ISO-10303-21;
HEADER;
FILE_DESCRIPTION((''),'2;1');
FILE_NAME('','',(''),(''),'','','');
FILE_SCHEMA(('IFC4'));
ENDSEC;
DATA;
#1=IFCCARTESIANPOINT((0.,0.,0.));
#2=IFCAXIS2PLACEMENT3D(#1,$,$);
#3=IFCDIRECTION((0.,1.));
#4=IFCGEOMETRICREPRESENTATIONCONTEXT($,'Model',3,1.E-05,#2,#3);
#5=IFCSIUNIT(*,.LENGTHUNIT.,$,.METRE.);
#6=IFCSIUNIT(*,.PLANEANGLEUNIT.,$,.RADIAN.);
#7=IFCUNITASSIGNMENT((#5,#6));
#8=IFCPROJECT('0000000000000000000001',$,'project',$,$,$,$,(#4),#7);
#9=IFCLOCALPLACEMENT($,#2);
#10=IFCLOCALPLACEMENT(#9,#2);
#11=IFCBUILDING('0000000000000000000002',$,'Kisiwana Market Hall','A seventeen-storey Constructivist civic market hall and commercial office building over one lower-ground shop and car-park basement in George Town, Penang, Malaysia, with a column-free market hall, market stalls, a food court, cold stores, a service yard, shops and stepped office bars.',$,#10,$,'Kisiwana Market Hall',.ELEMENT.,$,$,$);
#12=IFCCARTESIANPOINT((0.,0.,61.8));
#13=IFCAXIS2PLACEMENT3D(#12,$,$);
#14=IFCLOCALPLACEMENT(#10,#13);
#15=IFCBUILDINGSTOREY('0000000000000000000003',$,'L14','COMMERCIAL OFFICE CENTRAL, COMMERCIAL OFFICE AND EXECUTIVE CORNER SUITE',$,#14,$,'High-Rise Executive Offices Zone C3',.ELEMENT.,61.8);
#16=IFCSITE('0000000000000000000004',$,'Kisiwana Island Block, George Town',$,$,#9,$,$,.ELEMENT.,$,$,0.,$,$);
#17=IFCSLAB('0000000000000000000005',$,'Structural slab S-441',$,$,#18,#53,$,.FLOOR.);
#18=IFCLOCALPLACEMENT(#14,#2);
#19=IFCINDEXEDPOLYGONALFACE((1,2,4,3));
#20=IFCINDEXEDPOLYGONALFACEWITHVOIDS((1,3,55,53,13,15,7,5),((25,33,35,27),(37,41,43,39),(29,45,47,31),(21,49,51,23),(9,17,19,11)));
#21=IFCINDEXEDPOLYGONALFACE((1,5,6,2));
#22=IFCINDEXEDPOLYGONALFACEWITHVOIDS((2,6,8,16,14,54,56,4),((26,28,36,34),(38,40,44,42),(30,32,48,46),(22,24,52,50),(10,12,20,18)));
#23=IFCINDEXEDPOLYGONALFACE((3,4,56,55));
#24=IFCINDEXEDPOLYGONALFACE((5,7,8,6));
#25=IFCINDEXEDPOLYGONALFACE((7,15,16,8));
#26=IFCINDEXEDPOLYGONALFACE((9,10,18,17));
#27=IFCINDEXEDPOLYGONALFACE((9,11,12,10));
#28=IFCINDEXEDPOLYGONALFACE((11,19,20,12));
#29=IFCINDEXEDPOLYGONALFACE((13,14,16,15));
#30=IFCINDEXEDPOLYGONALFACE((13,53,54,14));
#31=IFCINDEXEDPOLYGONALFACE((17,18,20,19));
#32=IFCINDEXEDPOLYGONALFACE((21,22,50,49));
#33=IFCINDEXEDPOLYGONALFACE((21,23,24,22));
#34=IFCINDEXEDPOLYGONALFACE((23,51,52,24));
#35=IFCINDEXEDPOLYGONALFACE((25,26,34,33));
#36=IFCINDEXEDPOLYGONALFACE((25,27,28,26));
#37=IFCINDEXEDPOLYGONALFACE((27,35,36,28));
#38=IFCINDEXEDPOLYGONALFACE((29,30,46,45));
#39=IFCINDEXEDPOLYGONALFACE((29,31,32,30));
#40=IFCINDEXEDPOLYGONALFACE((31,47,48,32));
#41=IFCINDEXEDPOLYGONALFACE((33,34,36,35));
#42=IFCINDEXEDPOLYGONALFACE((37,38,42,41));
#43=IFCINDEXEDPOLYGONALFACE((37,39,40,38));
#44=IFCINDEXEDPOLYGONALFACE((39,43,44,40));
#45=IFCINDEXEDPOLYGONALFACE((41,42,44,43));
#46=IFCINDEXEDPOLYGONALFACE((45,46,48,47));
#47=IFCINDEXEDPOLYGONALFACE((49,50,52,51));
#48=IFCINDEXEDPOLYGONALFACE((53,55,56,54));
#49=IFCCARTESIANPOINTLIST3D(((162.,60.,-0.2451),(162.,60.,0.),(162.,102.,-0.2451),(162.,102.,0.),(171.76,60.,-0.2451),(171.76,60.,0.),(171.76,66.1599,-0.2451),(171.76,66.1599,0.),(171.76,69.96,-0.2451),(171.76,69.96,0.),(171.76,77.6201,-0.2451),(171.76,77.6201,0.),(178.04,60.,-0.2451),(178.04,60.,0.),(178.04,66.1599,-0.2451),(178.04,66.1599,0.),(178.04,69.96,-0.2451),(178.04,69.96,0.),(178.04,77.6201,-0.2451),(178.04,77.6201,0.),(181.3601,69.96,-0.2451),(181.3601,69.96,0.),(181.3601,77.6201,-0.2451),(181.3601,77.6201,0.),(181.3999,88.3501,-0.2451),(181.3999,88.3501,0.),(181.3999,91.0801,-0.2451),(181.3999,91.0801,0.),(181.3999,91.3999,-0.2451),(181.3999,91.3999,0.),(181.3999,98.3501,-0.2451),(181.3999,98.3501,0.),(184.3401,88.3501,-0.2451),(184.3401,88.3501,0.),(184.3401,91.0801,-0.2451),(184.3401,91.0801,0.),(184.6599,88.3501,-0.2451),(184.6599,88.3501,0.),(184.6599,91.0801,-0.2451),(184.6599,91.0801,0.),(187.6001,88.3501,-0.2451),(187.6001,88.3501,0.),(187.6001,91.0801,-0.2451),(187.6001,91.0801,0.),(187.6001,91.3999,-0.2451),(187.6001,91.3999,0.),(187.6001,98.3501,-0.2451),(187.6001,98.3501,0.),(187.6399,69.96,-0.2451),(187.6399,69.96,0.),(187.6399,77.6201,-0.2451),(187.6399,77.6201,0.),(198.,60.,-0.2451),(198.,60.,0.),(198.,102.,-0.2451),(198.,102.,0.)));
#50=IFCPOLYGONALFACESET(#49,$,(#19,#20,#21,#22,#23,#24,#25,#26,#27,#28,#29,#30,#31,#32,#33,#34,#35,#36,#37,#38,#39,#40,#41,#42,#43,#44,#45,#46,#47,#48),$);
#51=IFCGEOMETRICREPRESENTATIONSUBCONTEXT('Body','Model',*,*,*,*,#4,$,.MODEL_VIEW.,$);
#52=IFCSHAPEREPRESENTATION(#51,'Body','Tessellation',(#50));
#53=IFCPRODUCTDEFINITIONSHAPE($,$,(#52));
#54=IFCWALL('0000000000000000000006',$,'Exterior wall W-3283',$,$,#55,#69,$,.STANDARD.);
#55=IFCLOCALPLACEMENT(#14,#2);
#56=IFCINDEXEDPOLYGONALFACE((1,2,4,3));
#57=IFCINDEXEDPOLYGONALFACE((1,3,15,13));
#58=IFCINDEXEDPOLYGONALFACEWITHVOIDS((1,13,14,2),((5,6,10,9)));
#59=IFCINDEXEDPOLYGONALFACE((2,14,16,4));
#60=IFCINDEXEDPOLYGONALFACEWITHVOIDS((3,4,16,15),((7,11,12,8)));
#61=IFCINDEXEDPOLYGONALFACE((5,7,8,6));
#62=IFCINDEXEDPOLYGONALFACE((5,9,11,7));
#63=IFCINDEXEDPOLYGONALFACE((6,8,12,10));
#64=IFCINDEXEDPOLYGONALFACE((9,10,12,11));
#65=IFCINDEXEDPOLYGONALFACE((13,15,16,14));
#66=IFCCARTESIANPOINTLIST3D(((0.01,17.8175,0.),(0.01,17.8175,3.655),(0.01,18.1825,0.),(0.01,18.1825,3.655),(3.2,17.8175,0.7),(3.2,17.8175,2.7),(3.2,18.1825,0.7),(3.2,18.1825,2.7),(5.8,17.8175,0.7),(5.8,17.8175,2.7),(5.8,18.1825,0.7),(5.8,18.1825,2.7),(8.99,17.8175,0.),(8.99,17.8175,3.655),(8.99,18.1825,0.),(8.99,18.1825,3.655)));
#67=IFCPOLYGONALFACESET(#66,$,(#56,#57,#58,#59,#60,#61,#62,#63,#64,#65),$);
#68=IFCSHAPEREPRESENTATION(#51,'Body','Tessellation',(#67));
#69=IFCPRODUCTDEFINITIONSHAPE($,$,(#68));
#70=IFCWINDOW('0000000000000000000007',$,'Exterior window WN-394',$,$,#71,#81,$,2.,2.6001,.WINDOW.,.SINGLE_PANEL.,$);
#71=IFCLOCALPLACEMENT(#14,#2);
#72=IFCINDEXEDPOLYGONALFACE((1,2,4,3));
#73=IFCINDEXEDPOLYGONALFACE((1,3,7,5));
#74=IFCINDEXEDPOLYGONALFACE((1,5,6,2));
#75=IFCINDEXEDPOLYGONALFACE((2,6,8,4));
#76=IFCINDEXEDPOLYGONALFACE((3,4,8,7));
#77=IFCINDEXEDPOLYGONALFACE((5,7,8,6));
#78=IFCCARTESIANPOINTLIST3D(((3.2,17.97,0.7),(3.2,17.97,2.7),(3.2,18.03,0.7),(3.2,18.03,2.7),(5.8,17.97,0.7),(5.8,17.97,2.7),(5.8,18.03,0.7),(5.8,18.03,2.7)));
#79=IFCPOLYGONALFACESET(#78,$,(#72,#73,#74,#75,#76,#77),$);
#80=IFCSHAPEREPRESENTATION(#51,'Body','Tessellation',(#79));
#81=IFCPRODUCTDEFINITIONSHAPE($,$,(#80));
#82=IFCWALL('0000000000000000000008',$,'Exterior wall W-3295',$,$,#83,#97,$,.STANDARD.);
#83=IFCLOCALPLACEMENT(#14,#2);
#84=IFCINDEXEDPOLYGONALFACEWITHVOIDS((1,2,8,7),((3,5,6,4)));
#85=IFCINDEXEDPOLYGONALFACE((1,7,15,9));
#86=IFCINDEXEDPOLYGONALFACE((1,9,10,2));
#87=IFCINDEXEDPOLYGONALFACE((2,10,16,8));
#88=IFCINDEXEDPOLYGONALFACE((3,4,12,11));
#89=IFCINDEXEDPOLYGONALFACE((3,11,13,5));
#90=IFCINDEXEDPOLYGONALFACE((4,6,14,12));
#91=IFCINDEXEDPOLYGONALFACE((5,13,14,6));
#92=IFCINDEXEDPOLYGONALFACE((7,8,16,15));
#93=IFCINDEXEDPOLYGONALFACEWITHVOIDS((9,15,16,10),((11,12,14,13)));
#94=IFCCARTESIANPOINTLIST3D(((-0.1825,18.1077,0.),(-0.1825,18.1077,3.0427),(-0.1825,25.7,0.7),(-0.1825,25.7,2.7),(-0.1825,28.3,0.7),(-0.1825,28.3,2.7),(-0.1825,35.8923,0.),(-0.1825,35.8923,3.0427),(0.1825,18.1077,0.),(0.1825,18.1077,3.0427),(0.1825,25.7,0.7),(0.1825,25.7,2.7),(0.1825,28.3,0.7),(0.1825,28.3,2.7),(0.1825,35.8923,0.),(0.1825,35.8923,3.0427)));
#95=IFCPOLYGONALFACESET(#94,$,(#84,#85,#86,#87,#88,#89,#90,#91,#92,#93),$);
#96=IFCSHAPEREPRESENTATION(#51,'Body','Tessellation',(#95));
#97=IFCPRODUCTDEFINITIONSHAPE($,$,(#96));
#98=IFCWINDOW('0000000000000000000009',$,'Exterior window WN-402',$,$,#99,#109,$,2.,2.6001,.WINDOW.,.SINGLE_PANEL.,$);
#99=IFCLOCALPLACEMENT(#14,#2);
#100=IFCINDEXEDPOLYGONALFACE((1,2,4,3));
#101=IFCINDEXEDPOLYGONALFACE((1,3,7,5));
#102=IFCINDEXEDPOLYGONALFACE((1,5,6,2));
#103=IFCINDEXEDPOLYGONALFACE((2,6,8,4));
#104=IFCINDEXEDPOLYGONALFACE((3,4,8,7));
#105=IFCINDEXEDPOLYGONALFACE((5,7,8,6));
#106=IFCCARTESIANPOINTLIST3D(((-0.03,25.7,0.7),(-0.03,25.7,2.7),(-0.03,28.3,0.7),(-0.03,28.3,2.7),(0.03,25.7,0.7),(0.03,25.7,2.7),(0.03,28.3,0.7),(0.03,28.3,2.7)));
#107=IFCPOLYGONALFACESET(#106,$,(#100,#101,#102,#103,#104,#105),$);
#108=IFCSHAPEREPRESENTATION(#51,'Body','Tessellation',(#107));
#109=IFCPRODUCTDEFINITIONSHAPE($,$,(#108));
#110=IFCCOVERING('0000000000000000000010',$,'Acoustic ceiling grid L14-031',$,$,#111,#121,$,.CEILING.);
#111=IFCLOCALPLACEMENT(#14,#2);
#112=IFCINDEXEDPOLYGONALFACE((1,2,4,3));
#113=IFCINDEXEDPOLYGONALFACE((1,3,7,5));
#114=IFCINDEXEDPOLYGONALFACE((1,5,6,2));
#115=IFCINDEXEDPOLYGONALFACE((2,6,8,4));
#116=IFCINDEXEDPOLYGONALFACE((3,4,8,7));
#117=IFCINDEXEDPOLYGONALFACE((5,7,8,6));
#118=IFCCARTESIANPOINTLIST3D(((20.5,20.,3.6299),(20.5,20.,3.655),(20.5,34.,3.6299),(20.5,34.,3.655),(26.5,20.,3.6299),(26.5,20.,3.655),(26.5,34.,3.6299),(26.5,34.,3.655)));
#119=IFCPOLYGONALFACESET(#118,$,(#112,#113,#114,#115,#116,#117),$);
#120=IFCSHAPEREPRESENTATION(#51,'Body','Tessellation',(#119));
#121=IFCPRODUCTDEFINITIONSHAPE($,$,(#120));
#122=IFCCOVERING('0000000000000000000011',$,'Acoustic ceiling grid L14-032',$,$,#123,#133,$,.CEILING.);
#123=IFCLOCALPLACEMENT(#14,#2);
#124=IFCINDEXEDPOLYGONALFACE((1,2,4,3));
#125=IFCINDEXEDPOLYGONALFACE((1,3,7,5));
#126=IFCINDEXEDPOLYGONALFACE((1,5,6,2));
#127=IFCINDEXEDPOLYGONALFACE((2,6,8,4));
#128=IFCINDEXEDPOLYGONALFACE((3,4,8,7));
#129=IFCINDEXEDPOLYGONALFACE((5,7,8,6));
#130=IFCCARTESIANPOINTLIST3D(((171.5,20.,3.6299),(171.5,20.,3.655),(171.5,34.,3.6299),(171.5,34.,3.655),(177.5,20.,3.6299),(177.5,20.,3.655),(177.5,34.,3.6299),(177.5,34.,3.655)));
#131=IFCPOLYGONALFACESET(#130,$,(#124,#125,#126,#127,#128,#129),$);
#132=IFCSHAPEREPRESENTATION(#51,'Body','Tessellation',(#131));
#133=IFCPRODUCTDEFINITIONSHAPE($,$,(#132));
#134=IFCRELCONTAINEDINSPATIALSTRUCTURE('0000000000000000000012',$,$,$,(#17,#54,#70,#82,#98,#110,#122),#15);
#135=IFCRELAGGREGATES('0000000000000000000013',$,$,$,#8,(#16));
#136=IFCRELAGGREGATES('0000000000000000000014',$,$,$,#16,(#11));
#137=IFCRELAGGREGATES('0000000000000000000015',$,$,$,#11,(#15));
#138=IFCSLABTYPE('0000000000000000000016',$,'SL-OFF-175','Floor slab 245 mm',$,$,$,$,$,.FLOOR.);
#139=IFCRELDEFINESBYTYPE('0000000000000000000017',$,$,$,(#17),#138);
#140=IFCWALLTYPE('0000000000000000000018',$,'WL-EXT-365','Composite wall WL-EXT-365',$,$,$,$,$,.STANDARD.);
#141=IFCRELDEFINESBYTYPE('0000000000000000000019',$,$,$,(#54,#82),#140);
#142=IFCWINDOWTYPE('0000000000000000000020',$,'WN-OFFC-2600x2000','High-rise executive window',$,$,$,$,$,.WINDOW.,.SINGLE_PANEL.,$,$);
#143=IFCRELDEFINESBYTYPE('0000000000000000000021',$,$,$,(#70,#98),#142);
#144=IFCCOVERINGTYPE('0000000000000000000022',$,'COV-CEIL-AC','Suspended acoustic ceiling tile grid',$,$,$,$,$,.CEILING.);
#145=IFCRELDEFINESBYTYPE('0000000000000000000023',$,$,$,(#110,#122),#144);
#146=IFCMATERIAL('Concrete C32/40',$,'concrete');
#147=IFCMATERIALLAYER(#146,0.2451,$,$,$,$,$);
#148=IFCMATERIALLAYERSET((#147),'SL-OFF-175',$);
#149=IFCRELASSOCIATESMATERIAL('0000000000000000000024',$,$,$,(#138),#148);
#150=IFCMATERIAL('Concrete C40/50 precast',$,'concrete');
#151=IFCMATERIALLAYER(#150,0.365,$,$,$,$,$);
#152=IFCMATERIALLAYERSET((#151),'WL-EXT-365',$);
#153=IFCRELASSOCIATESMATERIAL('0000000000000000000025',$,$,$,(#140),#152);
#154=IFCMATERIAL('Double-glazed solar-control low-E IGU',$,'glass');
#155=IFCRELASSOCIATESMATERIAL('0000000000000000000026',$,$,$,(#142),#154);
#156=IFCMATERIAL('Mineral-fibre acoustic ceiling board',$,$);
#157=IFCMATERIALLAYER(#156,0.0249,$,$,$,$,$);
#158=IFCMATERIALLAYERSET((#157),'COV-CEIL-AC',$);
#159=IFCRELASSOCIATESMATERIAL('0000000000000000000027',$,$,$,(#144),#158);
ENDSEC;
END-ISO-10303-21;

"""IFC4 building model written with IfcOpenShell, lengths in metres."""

from ifc_helpers import new_model, si_unit, direction, frame, frame_2d, origin, place, context, subcontext, project, spatial, polyline, rectangle, outline, extrude, material, layer, layer_set, type_object, element, fill, save


model = new_model("IFC4")

# Units and contexts
model_context = context("Model", 3, precision=1e-05, world=origin(), true_north=direction((0.0, 1.0)))
body_context = subcontext(model_context, "Body", "Model", "MODEL_VIEW")
ifc_project = project(units=[si_unit("LENGTHUNIT", "METRE"), si_unit("PLANEANGLEUNIT", "RADIAN")], contexts=[model_context])

# Site, building, storey
site_placement = place(None, origin())
site = spatial("IfcSite", under=ifc_project, at=site_placement, Name="Kisiwana Island Block, George Town", CompositionType="ELEMENT", RefElevation=0.0)
building_placement = place(site_placement, origin())
building = spatial("IfcBuilding", under=site, at=building_placement, Name="Kisiwana Market Hall", Description="A seventeen-storey Constructivist civic market hall and commercial office building over one lower-ground shop and car-park basement in George Town, Penang, Malaysia, with a column-free market hall, market stalls, a food court, cold stores, a service yard, shops and stepped office bars.", LongName="Kisiwana Market Hall", CompositionType="ELEMENT")
storey_placement = place(building_placement, frame((0.0, 0.0, 61.8)))
storey = spatial("IfcBuildingStorey", under=building, at=storey_placement, Name="L14", Description="COMMERCIAL OFFICE CENTRAL, COMMERCIAL OFFICE AND EXECUTIVE CORNER SUITE", LongName="High-Rise Executive Offices Zone C3", CompositionType="ELEMENT", Elevation=61.8)

# Slab
ifc_material_1 = material(Name="Concrete C32/40", Category="concrete")
ifc_layer_1 = layer(ifc_material_1, 0.2451)
ifc_layer_set_1 = layer_set([ifc_layer_1], Name="SL-OFF-175")
slab_type_1 = type_object("IfcSlabType", Name="SL-OFF-175", Description="Floor slab 245 mm", PredefinedType="FLOOR", material=ifc_layer_set_1)
slab_1_placement = place(storey_placement, frame((0.0, 0.0, -0.2451)))
element("IfcSlab", 1, at=slab_1_placement, inside=storey, type_object=slab_type_1, Name="Structural slab S-441", PredefinedType="FLOOR", context=body_context, shape_type="SweptSolid", body=[
    extrude(outline(polyline([(162.0, 60.0), (171.76, 60.0), (171.76, 66.1599), (178.04, 66.1599), (178.04, 60.0), (198.0, 60.0), (198.0, 102.0), (162.0, 102.0), (162.0, 60.0)]), holes=[polyline([(181.3999, 91.3999), (187.6001, 91.3999), (187.6001, 98.3501), (181.3999, 98.3501), (181.3999, 91.3999)]), polyline([(181.3999, 88.3501), (184.3401, 88.3501), (184.3401, 91.0801), (181.3999, 91.0801), (181.3999, 88.3501)]), polyline([(184.6599, 88.3501), (187.6001, 88.3501), (187.6001, 91.0801), (184.6599, 91.0801), (184.6599, 88.3501)]), polyline([(181.3601, 69.96), (187.6399, 69.96), (187.6399, 77.6201), (181.3601, 77.6201), (181.3601, 69.96)]), polyline([(171.76, 69.96), (178.04, 69.96), (178.04, 77.6201), (171.76, 77.6201), (171.76, 69.96)])]), origin(), (0.0, 0.0, 1.0), 0.2451),
])

# Walls, openings, windows
ifc_material_2 = material(Name="Concrete C40/50 precast", Category="concrete")
ifc_layer_2 = layer(ifc_material_2, 0.365)
ifc_layer_set_2 = layer_set([ifc_layer_2], Name="WL-EXT-365")
wall_type = type_object("IfcWallType", Name="WL-EXT-365", Description="Composite wall WL-EXT-365", PredefinedType="STANDARD", material=ifc_layer_set_2)
wall_1_placement = place(storey_placement, frame((0.01, 18.0, 0.0), z_axis=(0.0, 0.0, 1.0), x_axis=(1.0, 0.0, 0.0)))
wall_1 = element("IfcWall", 2, at=wall_1_placement, inside=storey, type_object=wall_type, Name="Exterior wall W-3283", PredefinedType="STANDARD", context=body_context, shape_type="SweptSolid", body=[
    extrude(rectangle(XDim=8.98, YDim=0.365, at=frame_2d((4.49, 0.0))), origin(), (0.0, 0.0, 1.0), 3.655),
])
opening_1_placement = place(wall_1_placement, frame((3.1899, 0.0, 0.7)))
opening_1 = element("IfcOpeningElement", 3, at=opening_1_placement, cuts=wall_1, PredefinedType="OPENING", context=body_context, shape_type="SweptSolid", body=[
    extrude(rectangle(XDim=2.6001, YDim=2.0, at=frame_2d((1.3, 1.0))), frame((0.0, 0.1943, 0.0), z_axis=(0.0, -1.0, 0.0), x_axis=(1.0, 0.0, 0.0)), (0.0, 0.0, 1.0), 0.3889),
])
ifc_material_3 = material(Name="Double-glazed solar-control low-E IGU", Category="glass")
window_type = type_object("IfcWindowType", Name="WN-OFFC-2600x2000", Description="High-rise executive window", PartitioningType="SINGLE_PANEL", PredefinedType="WINDOW", material=ifc_material_3)
window_1_placement = place(opening_1_placement, origin())
window_1 = element("IfcWindow", 4, at=window_1_placement, inside=storey, type_object=window_type, Name="Exterior window WN-394", OverallHeight=2.0, OverallWidth=2.6001, PartitioningType="SINGLE_PANEL", PredefinedType="WINDOW", context=body_context, shape_type="SweptSolid", body=[
    extrude(rectangle(XDim=2.6001, YDim=2.0, at=frame_2d((1.3, 1.0))), frame((0.0, 0.03, 0.0), z_axis=(0.0, -1.0, 0.0), x_axis=(1.0, 0.0, 0.0)), (0.0, 0.0, 1.0), 0.0601),
])
fill(opening_1, window_1)
wall_2_placement = place(storey_placement, frame((0.0, 18.1077, 0.0), z_axis=(0.0, 0.0, 1.0), x_axis=(0.0, 1.0, 0.0)))
wall_2 = element("IfcWall", 5, at=wall_2_placement, inside=storey, type_object=wall_type, Name="Exterior wall W-3295", PredefinedType="STANDARD", context=body_context, shape_type="SweptSolid", body=[
    extrude(rectangle(XDim=17.7847, YDim=0.365, at=frame_2d((8.8923, 0.0))), origin(), (0.0, 0.0, 1.0), 3.0427),
])
opening_2_placement = place(wall_2_placement, frame((7.5923, 0.0, 0.7)))
opening_2 = element("IfcOpeningElement", 6, at=opening_2_placement, cuts=wall_2, PredefinedType="OPENING", context=body_context, shape_type="SweptSolid", body=[
    extrude(rectangle(XDim=2.6001, YDim=2.0, at=frame_2d((1.3, 1.0))), frame((0.0, 0.1943, 0.0), z_axis=(0.0, -1.0, 0.0), x_axis=(1.0, 0.0, 0.0)), (0.0, 0.0, 1.0), 0.3889),
])
window_2_placement = place(opening_2_placement, origin())
window_2 = element("IfcWindow", 7, at=window_2_placement, inside=storey, type_object=window_type, Name="Exterior window WN-402", OverallHeight=2.0, OverallWidth=2.6001, PartitioningType="SINGLE_PANEL", PredefinedType="WINDOW", context=body_context, shape_type="SweptSolid", body=[
    extrude(rectangle(XDim=2.6001, YDim=2.0, at=frame_2d((1.3, 1.0))), frame((0.0, 0.03, 0.0), z_axis=(0.0, -1.0, 0.0), x_axis=(1.0, 0.0, 0.0)), (0.0, 0.0, 1.0), 0.0601),
])
fill(opening_2, window_2)

# Coverings
ifc_material_4 = material(Name="Mineral-fibre acoustic ceiling board")
ifc_layer_3 = layer(ifc_material_4, 0.0249)
ifc_layer_set_3 = layer_set([ifc_layer_3], Name="COV-CEIL-AC")
covering_type = type_object("IfcCoveringType", Name="COV-CEIL-AC", Description="Suspended acoustic ceiling tile grid", PredefinedType="CEILING", material=ifc_layer_set_3)
covering_1_placement = place(storey_placement, frame((0.0, 0.0, 3.6299)))
element("IfcCovering", 8, at=covering_1_placement, inside=storey, type_object=covering_type, Name="Acoustic ceiling grid L14-031", PredefinedType="CEILING", context=body_context, shape_type="SweptSolid", body=[
    extrude(outline(polyline([(20.5, 20.0), (26.5, 20.0), (26.5, 34.0), (20.5, 34.0), (20.5, 20.0)])), origin(), (0.0, 0.0, 1.0), 0.0251),
])
covering_2_placement = place(storey_placement, frame((0.0, 0.0, 3.6299)))
element("IfcCovering", 9, at=covering_2_placement, inside=storey, type_object=covering_type, Name="Acoustic ceiling grid L14-032", PredefinedType="CEILING", context=body_context, shape_type="SweptSolid", body=[
    extrude(outline(polyline([(171.5, 20.0), (177.5, 20.0), (177.5, 34.0), (171.5, 34.0), (171.5, 20.0)])), origin(), (0.0, 0.0, 1.0), 0.0251),
])

save(model, "model.ifc")
